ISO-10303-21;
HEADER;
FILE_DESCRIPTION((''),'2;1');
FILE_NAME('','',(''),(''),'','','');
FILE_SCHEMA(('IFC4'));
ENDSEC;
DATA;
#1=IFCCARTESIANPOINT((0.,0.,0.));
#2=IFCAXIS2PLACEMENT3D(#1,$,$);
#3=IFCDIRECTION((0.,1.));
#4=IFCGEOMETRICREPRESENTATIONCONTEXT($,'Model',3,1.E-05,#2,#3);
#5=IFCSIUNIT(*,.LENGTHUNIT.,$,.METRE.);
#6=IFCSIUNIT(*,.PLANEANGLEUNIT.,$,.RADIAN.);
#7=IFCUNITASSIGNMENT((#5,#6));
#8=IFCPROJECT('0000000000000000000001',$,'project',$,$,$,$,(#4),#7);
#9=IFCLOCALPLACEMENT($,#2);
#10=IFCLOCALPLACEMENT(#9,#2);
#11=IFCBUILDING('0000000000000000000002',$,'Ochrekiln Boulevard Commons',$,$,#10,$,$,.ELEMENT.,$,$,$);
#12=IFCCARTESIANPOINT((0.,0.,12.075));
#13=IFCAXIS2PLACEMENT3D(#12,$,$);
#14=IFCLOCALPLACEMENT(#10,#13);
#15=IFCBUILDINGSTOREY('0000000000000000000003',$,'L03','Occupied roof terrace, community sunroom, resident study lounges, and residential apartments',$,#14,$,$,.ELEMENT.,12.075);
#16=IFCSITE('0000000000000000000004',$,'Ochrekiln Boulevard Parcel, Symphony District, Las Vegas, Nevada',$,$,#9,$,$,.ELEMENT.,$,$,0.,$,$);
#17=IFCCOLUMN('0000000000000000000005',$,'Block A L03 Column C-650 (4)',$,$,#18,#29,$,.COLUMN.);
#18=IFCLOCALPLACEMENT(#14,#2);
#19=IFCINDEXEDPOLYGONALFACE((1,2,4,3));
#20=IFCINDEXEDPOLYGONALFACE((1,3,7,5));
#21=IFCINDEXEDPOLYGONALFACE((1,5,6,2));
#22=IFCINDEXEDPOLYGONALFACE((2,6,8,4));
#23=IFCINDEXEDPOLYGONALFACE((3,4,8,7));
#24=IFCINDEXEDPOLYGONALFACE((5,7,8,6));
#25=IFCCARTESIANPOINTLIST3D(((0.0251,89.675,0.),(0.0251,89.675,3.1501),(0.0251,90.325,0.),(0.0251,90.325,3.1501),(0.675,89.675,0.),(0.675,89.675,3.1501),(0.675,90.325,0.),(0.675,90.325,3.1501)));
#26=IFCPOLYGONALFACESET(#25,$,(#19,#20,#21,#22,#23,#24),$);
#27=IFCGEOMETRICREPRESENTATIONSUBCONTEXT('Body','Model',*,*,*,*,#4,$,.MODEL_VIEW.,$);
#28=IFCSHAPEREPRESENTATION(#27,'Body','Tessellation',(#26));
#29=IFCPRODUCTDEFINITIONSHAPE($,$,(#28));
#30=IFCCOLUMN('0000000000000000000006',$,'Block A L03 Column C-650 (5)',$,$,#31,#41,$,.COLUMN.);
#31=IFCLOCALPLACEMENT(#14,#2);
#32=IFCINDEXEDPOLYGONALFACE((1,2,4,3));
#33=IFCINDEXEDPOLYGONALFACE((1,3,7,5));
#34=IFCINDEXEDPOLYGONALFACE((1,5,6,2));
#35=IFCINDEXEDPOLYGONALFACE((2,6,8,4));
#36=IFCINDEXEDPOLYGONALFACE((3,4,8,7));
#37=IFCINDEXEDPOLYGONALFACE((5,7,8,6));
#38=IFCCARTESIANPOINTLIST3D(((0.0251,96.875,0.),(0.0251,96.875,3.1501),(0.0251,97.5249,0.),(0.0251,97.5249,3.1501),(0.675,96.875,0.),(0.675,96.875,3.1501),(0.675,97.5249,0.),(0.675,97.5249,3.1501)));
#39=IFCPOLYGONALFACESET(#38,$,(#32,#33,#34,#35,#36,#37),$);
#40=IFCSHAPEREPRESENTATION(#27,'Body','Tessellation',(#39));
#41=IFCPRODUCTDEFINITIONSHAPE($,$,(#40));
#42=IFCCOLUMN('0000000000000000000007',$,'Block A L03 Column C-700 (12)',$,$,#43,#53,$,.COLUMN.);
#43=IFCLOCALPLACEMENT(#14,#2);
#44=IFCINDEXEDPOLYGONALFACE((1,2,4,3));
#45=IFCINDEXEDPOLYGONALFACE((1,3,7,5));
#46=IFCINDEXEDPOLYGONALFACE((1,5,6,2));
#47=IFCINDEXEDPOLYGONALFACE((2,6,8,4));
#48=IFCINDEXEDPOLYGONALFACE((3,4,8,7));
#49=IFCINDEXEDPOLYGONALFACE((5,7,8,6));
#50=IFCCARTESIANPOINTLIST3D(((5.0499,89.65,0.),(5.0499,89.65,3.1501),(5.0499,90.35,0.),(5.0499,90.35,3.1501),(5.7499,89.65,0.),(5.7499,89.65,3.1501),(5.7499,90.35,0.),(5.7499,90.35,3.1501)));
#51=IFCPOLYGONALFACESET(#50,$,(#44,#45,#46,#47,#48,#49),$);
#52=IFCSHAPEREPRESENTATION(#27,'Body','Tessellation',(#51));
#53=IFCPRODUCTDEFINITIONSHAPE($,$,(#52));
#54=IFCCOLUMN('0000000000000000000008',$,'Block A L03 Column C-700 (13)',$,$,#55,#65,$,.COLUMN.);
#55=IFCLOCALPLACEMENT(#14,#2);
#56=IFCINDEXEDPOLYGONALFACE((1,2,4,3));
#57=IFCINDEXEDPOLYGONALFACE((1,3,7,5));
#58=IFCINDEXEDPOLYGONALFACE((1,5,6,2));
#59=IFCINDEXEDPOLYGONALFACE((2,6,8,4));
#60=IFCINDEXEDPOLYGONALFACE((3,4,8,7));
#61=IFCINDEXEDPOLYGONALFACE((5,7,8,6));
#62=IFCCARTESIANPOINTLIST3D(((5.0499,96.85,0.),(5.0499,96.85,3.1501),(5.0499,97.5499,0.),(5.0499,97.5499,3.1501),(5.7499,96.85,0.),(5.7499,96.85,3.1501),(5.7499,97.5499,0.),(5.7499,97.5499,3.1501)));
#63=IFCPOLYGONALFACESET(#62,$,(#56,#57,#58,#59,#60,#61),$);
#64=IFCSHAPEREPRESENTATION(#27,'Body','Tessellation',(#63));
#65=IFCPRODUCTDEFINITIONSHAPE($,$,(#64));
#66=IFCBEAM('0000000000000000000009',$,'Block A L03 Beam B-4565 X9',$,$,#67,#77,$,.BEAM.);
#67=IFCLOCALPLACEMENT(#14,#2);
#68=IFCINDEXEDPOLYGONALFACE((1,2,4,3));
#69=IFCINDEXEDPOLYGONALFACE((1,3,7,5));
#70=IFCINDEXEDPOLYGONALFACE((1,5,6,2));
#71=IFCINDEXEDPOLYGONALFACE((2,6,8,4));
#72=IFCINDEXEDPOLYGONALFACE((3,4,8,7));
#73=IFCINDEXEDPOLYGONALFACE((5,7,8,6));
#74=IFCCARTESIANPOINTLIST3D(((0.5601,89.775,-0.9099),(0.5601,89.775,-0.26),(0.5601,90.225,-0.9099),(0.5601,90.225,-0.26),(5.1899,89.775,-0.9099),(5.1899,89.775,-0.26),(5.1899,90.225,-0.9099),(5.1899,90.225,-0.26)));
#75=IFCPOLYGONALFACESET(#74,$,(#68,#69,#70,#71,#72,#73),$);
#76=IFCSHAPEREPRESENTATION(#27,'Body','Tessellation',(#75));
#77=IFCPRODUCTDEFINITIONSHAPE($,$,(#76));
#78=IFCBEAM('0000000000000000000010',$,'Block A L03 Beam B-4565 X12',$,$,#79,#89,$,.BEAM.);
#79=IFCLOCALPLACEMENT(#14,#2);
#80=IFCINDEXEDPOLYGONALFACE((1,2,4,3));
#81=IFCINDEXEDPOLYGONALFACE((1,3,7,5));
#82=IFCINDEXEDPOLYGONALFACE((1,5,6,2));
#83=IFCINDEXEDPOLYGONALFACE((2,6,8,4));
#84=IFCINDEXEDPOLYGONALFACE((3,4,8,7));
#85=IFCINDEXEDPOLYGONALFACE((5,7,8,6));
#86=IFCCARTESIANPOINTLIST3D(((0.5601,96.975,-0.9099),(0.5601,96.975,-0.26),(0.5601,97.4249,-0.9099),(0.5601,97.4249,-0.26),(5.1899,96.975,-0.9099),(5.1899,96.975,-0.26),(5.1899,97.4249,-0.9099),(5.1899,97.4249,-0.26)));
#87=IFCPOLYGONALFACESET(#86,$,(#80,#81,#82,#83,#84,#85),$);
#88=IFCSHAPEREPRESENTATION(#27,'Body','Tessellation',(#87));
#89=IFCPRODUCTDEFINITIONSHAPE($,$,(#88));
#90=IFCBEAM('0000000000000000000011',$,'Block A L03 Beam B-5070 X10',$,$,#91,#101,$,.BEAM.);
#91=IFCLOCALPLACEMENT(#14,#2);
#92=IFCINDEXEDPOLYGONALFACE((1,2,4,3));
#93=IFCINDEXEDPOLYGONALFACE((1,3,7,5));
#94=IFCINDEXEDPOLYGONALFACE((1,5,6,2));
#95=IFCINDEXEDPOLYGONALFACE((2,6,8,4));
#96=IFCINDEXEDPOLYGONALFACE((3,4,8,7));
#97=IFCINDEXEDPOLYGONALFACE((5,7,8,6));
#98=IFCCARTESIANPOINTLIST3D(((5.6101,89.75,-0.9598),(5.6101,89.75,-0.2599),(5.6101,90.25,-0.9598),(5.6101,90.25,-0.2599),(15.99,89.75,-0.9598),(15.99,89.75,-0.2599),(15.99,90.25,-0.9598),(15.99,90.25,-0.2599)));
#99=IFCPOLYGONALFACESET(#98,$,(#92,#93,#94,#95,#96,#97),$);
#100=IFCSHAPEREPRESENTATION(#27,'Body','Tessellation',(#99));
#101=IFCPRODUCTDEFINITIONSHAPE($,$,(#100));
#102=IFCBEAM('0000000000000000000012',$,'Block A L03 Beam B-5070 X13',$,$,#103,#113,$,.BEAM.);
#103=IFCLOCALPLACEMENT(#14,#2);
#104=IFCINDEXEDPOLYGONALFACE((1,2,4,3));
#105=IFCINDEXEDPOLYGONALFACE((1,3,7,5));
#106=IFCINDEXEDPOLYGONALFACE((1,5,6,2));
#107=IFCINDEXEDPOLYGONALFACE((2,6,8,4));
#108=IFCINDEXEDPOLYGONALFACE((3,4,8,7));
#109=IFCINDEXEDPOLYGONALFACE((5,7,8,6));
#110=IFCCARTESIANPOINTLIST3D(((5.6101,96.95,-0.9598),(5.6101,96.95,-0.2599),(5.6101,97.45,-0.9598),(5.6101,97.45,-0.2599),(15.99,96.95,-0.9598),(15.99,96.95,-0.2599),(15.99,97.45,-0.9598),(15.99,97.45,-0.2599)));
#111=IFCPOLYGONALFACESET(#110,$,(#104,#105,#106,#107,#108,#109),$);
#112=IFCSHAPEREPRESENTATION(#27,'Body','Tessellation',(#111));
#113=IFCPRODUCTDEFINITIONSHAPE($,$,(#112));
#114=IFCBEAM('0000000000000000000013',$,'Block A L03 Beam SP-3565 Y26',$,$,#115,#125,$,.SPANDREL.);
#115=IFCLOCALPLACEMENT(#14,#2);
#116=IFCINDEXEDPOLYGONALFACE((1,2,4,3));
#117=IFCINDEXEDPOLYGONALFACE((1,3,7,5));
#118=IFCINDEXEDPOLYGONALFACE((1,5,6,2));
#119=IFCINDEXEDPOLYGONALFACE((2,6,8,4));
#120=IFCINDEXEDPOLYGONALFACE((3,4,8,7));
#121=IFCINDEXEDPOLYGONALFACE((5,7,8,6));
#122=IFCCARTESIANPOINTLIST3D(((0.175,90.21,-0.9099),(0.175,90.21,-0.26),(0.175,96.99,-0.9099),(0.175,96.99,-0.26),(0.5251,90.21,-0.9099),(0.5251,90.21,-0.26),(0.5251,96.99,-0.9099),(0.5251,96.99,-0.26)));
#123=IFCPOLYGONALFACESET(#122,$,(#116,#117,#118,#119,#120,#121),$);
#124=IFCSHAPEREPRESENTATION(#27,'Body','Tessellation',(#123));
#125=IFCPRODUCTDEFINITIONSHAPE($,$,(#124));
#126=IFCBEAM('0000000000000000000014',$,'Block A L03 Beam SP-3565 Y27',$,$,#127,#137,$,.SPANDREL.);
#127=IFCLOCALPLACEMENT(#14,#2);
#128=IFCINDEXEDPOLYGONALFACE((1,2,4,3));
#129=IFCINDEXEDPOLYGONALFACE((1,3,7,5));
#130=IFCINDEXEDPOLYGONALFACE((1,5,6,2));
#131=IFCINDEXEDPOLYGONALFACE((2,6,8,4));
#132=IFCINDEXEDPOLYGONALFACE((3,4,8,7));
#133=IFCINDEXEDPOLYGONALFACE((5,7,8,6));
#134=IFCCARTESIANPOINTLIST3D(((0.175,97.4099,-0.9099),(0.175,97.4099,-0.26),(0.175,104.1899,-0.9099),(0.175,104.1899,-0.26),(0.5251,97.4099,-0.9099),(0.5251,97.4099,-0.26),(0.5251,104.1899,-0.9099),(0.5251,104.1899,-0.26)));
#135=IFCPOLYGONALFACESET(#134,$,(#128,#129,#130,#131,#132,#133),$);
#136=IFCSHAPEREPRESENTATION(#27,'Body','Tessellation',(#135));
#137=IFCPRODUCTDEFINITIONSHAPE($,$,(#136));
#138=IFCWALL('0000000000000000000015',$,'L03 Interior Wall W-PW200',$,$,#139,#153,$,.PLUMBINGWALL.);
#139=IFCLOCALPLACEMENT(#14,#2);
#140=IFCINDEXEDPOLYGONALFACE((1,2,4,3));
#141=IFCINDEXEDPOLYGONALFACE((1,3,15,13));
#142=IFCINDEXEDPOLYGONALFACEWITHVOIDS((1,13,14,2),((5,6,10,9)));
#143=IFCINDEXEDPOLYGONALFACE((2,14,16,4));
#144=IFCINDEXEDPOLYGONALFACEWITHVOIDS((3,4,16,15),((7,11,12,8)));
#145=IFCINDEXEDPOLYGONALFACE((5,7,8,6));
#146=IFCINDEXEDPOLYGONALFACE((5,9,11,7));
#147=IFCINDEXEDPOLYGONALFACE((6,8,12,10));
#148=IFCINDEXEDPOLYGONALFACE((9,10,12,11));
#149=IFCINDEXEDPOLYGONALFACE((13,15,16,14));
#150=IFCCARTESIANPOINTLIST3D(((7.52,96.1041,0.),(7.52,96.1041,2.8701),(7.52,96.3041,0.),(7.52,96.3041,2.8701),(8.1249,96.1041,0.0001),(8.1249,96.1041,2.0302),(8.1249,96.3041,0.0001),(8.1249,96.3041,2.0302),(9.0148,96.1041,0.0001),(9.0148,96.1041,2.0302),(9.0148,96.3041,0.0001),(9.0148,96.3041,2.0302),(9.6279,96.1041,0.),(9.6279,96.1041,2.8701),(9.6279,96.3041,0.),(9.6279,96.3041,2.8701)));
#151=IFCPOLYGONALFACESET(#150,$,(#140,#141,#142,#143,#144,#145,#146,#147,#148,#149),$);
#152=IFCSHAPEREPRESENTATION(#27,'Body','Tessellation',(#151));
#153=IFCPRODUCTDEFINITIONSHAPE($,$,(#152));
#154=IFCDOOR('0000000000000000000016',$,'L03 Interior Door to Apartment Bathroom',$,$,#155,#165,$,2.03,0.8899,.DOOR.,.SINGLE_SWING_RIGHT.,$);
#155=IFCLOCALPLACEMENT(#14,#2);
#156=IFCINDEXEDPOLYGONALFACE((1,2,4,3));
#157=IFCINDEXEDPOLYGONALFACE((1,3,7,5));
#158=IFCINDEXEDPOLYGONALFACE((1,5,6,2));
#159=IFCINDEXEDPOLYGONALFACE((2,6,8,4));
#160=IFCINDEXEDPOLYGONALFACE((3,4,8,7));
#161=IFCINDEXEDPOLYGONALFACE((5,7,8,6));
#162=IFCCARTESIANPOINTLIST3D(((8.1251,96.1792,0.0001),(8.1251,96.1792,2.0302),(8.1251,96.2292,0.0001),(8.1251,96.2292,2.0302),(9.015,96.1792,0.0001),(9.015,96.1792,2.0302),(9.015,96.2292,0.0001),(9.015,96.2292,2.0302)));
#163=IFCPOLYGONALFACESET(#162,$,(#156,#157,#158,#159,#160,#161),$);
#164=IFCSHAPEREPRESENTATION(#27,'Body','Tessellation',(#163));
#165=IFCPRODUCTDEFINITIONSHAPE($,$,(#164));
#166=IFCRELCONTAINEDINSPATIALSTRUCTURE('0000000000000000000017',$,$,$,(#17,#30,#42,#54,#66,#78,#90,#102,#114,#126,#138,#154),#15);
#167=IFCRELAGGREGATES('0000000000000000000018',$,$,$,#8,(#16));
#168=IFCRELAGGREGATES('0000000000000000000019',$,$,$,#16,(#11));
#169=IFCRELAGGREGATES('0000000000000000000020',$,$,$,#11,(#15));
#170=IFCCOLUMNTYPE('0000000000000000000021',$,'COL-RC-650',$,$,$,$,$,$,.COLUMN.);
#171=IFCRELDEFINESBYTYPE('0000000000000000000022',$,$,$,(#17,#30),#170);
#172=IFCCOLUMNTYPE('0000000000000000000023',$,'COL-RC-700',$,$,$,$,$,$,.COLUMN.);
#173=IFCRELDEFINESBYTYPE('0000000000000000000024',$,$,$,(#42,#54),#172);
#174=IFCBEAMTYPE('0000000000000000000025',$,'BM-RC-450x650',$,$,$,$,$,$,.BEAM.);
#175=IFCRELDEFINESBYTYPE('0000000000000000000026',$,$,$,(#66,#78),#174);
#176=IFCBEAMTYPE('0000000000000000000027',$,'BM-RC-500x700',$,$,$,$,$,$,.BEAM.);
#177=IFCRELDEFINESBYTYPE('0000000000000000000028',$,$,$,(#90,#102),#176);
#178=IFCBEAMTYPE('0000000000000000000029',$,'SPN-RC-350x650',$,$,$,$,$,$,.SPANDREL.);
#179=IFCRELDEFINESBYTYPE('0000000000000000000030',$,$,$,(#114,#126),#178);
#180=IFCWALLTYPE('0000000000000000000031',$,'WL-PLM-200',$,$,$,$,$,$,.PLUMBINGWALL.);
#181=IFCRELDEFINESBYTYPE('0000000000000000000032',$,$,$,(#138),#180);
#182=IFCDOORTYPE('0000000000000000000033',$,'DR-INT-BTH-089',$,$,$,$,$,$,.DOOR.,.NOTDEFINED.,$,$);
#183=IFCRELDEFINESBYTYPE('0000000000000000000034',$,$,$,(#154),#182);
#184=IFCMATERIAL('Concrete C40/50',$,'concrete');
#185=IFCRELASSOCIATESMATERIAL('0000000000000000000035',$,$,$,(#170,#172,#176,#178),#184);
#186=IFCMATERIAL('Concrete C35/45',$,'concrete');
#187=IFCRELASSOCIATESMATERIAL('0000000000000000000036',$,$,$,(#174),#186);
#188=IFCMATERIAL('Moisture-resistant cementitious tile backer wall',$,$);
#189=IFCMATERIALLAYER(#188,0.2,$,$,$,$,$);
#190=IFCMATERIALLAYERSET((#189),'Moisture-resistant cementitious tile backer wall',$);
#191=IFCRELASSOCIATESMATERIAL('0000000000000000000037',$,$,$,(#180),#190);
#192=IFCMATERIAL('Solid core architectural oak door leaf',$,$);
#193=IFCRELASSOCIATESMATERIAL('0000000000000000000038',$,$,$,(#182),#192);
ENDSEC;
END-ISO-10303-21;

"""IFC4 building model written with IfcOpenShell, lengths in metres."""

from ifc_helpers import new_model, si_unit, direction, frame, frame_2d, origin, origin_2d, place, context, subcontext, project, spatial, rectangle, extrude, material, layer, layer_set, material_profile, profile_set, type_object, element, fill, save


model = new_model("IFC4")

# Units and contexts
model_context = context("Model", 3, precision=1e-05, world=origin(), true_north=direction((0.0, 1.0)))
body_context = subcontext(model_context, "Body", "Model", "MODEL_VIEW")
ifc_project = project(units=[si_unit("LENGTHUNIT", "METRE"), si_unit("PLANEANGLEUNIT", "RADIAN")], contexts=[model_context])

# Site, building, storey
site_placement = place(None, origin())
site = spatial("IfcSite", under=ifc_project, at=site_placement, Name="Ochrekiln Boulevard Parcel, Symphony District, Las Vegas, Nevada", CompositionType="ELEMENT", RefElevation=0.0)
building_placement = place(site_placement, origin())
building = spatial("IfcBuilding", under=site, at=building_placement, Name="Ochrekiln Boulevard Commons", CompositionType="ELEMENT")
storey_placement = place(building_placement, frame((0.0, 0.0, 12.075)))
storey = spatial("IfcBuildingStorey", under=building, at=storey_placement, Name="L03", Description="Occupied roof terrace, community sunroom, resident study lounges, and residential apartments", CompositionType="ELEMENT", Elevation=12.075)

# Columns
ifc_material_1 = material(Name="Concrete C40/50", Category="concrete")
ifc_material_profile_1 = material_profile(ifc_material_1, rectangle(XDim=0.6499, YDim=0.6499, at=origin_2d()), Name="RC-COL-650x650")
ifc_profile_set_1 = profile_set([ifc_material_profile_1], Name="Concrete C40/50")
column_type_1 = type_object("IfcColumnType", Name="COL-RC-650", PredefinedType="COLUMN", material=ifc_profile_set_1)
for number, where, z_axis, x_axis, name in (
    (1, (0.3501, 90.0, 0.0), (0.0, 0.0, 1.0), (1.0, 0.0, 0.0), "Block A L03 Column C-650 (4)"),
    (2, (0.3501, 97.2, 0.0), (0.0, 0.0, 1.0), (1.0, 0.0, 0.0), "Block A L03 Column C-650 (5)"),
):
    element("IfcColumn", number, at=place(storey_placement, frame(where, z_axis=z_axis, x_axis=x_axis)), inside=storey, type_object=column_type_1, Name=name, PredefinedType="COLUMN", context=body_context, shape_type="SweptSolid", body=[
        extrude(rectangle(XDim=0.6499, YDim=0.6499, at=origin_2d()), origin(), (0.0, 0.0, 1.0), 3.1501),
    ])
ifc_material_profile_2 = material_profile(ifc_material_1, rectangle(XDim=0.7, YDim=0.7, at=origin_2d()), Name="RC-COL-700x700")
ifc_profile_set_2 = profile_set([ifc_material_profile_2], Name="Concrete C40/50")
column_type_2 = type_object("IfcColumnType", Name="COL-RC-700", PredefinedType="COLUMN", material=ifc_profile_set_2)
for number, where, z_axis, x_axis, name in (
    (3, (5.3999, 90.0, 0.0), (0.0, 0.0, 1.0), (1.0, 0.0, 0.0), "Block A L03 Column C-700 (12)"),
    (4, (5.3999, 97.2, 0.0), (0.0, 0.0, 1.0), (1.0, 0.0, 0.0), "Block A L03 Column C-700 (13)"),
):
    element("IfcColumn", number, at=place(storey_placement, frame(where, z_axis=z_axis, x_axis=x_axis)), inside=storey, type_object=column_type_2, Name=name, PredefinedType="COLUMN", context=body_context, shape_type="SweptSolid", body=[
        extrude(rectangle(XDim=0.7, YDim=0.7, at=origin_2d()), origin(), (0.0, 0.0, 1.0), 3.1501),
    ])

# Beams
ifc_material_2 = material(Name="Concrete C35/45", Category="concrete")
ifc_material_profile_3 = material_profile(ifc_material_2, rectangle(XDim=0.45, YDim=0.6499, at=origin_2d()), Name="RC-BM-450x650")
ifc_profile_set_3 = profile_set([ifc_material_profile_3], Name="Concrete C35/45")
beam_type_1 = type_object("IfcBeamType", Name="BM-RC-450x650", PredefinedType="BEAM", material=ifc_profile_set_3)
for number, where, z_axis, x_axis, name in (
    (5, (0.5601, 90.0, -0.585), (1.0, 0.0, 0.0), (0.0, 1.0, 0.0), "Block A L03 Beam B-4565 X9"),
    (6, (0.5601, 97.2, -0.585), (1.0, 0.0, 0.0), (0.0, 1.0, 0.0), "Block A L03 Beam B-4565 X12"),
):
    element("IfcBeam", number, at=place(storey_placement, frame(where, z_axis=z_axis, x_axis=x_axis)), inside=storey, type_object=beam_type_1, Name=name, PredefinedType="BEAM", context=body_context, shape_type="SweptSolid", body=[
        extrude(rectangle(XDim=0.45, YDim=0.6499, at=origin_2d()), origin(), (0.0, 0.0, 1.0), 4.6299),
    ])
ifc_material_profile_4 = material_profile(ifc_material_1, rectangle(XDim=0.5, YDim=0.7, at=origin_2d()), Name="RC-BM-500x700")
ifc_profile_set_4 = profile_set([ifc_material_profile_4], Name="Concrete C40/50")
beam_type_2 = type_object("IfcBeamType", Name="BM-RC-500x700", PredefinedType="BEAM", material=ifc_profile_set_4)
for number, where, z_axis, x_axis, name in (
    (7, (5.6101, 90.0, -0.6099), (1.0, 0.0, 0.0), (0.0, 1.0, 0.0), "Block A L03 Beam B-5070 X10"),
    (8, (5.6101, 97.2, -0.6099), (1.0, 0.0, 0.0), (0.0, 1.0, 0.0), "Block A L03 Beam B-5070 X13"),
):
    element("IfcBeam", number, at=place(storey_placement, frame(where, z_axis=z_axis, x_axis=x_axis)), inside=storey, type_object=beam_type_2, Name=name, PredefinedType="BEAM", context=body_context, shape_type="SweptSolid", body=[
        extrude(rectangle(XDim=0.5, YDim=0.7, at=origin_2d()), origin(), (0.0, 0.0, 1.0), 10.3799),
    ])
ifc_material_profile_5 = material_profile(ifc_material_1, rectangle(XDim=0.3501, YDim=0.6499, at=origin_2d()), Name="RC-SPN-350x650")
ifc_profile_set_5 = profile_set([ifc_material_profile_5], Name="Concrete C40/50")
beam_type_3 = type_object("IfcBeamType", Name="SPN-RC-350x650", PredefinedType="SPANDREL", material=ifc_profile_set_5)
for number, where, z_axis, x_axis, name in (
    (9, (0.3501, 90.21, -0.585), (0.0, 1.0, 0.0), (-1.0, 0.0, 0.0), "Block A L03 Beam SP-3565 Y26"),
    (10, (0.3501, 97.4099, -0.585), (0.0, 1.0, 0.0), (-1.0, 0.0, 0.0), "Block A L03 Beam SP-3565 Y27"),
):
    element("IfcBeam", number, at=place(storey_placement, frame(where, z_axis=z_axis, x_axis=x_axis)), inside=storey, type_object=beam_type_3, Name=name, PredefinedType="SPANDREL", context=body_context, shape_type="SweptSolid", body=[
        extrude(rectangle(XDim=0.3501, YDim=0.6499, at=origin_2d()), origin(), (0.0, 0.0, 1.0), 6.78),
    ])

# Wall, opening, door
ifc_material_3 = material(Name="Moisture-resistant cementitious tile backer wall")
ifc_layer_1 = layer(ifc_material_3, 0.2)
ifc_layer_set_1 = layer_set([ifc_layer_1], Name="Moisture-resistant cementitious tile backer wall")
wall_type_1 = type_object("IfcWallType", Name="WL-PLM-200", PredefinedType="PLUMBINGWALL", material=ifc_layer_set_1)
wall_1_placement = place(storey_placement, frame((7.52, 96.2041, 0.0), z_axis=(0.0, 0.0, 1.0), x_axis=(1.0, 0.0, 0.0)))
wall_1 = element("IfcWall", 11, at=wall_1_placement, inside=storey, type_object=wall_type_1, Name="L03 Interior Wall W-PW200", PredefinedType="PLUMBINGWALL", context=body_context, shape_type="SweptSolid", body=[
    extrude(rectangle(XDim=2.1079, YDim=0.2, at=frame_2d((1.054, 0.0))), origin(), (0.0, 0.0, 1.0), 2.8701),
])
opening_1_placement = place(wall_1_placement, frame((0.605, 0.0, 0.0)))
opening_1 = element("IfcOpeningElement", 12, at=opening_1_placement, cuts=wall_1, PredefinedType="OPENING", context=body_context, shape_type="SweptSolid", body=[
    extrude(rectangle(XDim=0.8899, YDim=2.03, at=frame_2d((0.4448, 1.0151))), frame((0.0, 0.1099, 0.0), z_axis=(0.0, -1.0, 0.0), x_axis=(1.0, 0.0, 0.0)), (0.0, 0.0, 1.0), 0.22),
])
ifc_material_4 = material(Name="Solid core architectural oak door leaf")
door_type_1 = type_object("IfcDoorType", Name="DR-INT-BTH-089", OperationType="NOTDEFINED", PredefinedType="DOOR", material=ifc_material_4)
door_1_placement = place(opening_1_placement, frame((0.8899, 0.0, 0.0), z_axis=(0.0, 0.0, 1.0), x_axis=(-1.0, 0.0, 0.0)))
door_1 = element("IfcDoor", 13, at=door_1_placement, inside=storey, type_object=door_type_1, Name="L03 Interior Door to Apartment Bathroom", OperationType="SINGLE_SWING_RIGHT", OverallHeight=2.03, OverallWidth=0.8899, PredefinedType="DOOR", context=body_context, shape_type="SweptSolid", body=[
    extrude(rectangle(XDim=0.8899, YDim=2.03, at=frame_2d((0.4448, 1.0151))), frame((0.0, 0.0249, 0.0), z_axis=(0.0, -1.0, 0.0), x_axis=(1.0, 0.0, 0.0)), (0.0, 0.0, 1.0), 0.05),
])
fill(opening_1, door_1)

save(model, "model.ifc")
